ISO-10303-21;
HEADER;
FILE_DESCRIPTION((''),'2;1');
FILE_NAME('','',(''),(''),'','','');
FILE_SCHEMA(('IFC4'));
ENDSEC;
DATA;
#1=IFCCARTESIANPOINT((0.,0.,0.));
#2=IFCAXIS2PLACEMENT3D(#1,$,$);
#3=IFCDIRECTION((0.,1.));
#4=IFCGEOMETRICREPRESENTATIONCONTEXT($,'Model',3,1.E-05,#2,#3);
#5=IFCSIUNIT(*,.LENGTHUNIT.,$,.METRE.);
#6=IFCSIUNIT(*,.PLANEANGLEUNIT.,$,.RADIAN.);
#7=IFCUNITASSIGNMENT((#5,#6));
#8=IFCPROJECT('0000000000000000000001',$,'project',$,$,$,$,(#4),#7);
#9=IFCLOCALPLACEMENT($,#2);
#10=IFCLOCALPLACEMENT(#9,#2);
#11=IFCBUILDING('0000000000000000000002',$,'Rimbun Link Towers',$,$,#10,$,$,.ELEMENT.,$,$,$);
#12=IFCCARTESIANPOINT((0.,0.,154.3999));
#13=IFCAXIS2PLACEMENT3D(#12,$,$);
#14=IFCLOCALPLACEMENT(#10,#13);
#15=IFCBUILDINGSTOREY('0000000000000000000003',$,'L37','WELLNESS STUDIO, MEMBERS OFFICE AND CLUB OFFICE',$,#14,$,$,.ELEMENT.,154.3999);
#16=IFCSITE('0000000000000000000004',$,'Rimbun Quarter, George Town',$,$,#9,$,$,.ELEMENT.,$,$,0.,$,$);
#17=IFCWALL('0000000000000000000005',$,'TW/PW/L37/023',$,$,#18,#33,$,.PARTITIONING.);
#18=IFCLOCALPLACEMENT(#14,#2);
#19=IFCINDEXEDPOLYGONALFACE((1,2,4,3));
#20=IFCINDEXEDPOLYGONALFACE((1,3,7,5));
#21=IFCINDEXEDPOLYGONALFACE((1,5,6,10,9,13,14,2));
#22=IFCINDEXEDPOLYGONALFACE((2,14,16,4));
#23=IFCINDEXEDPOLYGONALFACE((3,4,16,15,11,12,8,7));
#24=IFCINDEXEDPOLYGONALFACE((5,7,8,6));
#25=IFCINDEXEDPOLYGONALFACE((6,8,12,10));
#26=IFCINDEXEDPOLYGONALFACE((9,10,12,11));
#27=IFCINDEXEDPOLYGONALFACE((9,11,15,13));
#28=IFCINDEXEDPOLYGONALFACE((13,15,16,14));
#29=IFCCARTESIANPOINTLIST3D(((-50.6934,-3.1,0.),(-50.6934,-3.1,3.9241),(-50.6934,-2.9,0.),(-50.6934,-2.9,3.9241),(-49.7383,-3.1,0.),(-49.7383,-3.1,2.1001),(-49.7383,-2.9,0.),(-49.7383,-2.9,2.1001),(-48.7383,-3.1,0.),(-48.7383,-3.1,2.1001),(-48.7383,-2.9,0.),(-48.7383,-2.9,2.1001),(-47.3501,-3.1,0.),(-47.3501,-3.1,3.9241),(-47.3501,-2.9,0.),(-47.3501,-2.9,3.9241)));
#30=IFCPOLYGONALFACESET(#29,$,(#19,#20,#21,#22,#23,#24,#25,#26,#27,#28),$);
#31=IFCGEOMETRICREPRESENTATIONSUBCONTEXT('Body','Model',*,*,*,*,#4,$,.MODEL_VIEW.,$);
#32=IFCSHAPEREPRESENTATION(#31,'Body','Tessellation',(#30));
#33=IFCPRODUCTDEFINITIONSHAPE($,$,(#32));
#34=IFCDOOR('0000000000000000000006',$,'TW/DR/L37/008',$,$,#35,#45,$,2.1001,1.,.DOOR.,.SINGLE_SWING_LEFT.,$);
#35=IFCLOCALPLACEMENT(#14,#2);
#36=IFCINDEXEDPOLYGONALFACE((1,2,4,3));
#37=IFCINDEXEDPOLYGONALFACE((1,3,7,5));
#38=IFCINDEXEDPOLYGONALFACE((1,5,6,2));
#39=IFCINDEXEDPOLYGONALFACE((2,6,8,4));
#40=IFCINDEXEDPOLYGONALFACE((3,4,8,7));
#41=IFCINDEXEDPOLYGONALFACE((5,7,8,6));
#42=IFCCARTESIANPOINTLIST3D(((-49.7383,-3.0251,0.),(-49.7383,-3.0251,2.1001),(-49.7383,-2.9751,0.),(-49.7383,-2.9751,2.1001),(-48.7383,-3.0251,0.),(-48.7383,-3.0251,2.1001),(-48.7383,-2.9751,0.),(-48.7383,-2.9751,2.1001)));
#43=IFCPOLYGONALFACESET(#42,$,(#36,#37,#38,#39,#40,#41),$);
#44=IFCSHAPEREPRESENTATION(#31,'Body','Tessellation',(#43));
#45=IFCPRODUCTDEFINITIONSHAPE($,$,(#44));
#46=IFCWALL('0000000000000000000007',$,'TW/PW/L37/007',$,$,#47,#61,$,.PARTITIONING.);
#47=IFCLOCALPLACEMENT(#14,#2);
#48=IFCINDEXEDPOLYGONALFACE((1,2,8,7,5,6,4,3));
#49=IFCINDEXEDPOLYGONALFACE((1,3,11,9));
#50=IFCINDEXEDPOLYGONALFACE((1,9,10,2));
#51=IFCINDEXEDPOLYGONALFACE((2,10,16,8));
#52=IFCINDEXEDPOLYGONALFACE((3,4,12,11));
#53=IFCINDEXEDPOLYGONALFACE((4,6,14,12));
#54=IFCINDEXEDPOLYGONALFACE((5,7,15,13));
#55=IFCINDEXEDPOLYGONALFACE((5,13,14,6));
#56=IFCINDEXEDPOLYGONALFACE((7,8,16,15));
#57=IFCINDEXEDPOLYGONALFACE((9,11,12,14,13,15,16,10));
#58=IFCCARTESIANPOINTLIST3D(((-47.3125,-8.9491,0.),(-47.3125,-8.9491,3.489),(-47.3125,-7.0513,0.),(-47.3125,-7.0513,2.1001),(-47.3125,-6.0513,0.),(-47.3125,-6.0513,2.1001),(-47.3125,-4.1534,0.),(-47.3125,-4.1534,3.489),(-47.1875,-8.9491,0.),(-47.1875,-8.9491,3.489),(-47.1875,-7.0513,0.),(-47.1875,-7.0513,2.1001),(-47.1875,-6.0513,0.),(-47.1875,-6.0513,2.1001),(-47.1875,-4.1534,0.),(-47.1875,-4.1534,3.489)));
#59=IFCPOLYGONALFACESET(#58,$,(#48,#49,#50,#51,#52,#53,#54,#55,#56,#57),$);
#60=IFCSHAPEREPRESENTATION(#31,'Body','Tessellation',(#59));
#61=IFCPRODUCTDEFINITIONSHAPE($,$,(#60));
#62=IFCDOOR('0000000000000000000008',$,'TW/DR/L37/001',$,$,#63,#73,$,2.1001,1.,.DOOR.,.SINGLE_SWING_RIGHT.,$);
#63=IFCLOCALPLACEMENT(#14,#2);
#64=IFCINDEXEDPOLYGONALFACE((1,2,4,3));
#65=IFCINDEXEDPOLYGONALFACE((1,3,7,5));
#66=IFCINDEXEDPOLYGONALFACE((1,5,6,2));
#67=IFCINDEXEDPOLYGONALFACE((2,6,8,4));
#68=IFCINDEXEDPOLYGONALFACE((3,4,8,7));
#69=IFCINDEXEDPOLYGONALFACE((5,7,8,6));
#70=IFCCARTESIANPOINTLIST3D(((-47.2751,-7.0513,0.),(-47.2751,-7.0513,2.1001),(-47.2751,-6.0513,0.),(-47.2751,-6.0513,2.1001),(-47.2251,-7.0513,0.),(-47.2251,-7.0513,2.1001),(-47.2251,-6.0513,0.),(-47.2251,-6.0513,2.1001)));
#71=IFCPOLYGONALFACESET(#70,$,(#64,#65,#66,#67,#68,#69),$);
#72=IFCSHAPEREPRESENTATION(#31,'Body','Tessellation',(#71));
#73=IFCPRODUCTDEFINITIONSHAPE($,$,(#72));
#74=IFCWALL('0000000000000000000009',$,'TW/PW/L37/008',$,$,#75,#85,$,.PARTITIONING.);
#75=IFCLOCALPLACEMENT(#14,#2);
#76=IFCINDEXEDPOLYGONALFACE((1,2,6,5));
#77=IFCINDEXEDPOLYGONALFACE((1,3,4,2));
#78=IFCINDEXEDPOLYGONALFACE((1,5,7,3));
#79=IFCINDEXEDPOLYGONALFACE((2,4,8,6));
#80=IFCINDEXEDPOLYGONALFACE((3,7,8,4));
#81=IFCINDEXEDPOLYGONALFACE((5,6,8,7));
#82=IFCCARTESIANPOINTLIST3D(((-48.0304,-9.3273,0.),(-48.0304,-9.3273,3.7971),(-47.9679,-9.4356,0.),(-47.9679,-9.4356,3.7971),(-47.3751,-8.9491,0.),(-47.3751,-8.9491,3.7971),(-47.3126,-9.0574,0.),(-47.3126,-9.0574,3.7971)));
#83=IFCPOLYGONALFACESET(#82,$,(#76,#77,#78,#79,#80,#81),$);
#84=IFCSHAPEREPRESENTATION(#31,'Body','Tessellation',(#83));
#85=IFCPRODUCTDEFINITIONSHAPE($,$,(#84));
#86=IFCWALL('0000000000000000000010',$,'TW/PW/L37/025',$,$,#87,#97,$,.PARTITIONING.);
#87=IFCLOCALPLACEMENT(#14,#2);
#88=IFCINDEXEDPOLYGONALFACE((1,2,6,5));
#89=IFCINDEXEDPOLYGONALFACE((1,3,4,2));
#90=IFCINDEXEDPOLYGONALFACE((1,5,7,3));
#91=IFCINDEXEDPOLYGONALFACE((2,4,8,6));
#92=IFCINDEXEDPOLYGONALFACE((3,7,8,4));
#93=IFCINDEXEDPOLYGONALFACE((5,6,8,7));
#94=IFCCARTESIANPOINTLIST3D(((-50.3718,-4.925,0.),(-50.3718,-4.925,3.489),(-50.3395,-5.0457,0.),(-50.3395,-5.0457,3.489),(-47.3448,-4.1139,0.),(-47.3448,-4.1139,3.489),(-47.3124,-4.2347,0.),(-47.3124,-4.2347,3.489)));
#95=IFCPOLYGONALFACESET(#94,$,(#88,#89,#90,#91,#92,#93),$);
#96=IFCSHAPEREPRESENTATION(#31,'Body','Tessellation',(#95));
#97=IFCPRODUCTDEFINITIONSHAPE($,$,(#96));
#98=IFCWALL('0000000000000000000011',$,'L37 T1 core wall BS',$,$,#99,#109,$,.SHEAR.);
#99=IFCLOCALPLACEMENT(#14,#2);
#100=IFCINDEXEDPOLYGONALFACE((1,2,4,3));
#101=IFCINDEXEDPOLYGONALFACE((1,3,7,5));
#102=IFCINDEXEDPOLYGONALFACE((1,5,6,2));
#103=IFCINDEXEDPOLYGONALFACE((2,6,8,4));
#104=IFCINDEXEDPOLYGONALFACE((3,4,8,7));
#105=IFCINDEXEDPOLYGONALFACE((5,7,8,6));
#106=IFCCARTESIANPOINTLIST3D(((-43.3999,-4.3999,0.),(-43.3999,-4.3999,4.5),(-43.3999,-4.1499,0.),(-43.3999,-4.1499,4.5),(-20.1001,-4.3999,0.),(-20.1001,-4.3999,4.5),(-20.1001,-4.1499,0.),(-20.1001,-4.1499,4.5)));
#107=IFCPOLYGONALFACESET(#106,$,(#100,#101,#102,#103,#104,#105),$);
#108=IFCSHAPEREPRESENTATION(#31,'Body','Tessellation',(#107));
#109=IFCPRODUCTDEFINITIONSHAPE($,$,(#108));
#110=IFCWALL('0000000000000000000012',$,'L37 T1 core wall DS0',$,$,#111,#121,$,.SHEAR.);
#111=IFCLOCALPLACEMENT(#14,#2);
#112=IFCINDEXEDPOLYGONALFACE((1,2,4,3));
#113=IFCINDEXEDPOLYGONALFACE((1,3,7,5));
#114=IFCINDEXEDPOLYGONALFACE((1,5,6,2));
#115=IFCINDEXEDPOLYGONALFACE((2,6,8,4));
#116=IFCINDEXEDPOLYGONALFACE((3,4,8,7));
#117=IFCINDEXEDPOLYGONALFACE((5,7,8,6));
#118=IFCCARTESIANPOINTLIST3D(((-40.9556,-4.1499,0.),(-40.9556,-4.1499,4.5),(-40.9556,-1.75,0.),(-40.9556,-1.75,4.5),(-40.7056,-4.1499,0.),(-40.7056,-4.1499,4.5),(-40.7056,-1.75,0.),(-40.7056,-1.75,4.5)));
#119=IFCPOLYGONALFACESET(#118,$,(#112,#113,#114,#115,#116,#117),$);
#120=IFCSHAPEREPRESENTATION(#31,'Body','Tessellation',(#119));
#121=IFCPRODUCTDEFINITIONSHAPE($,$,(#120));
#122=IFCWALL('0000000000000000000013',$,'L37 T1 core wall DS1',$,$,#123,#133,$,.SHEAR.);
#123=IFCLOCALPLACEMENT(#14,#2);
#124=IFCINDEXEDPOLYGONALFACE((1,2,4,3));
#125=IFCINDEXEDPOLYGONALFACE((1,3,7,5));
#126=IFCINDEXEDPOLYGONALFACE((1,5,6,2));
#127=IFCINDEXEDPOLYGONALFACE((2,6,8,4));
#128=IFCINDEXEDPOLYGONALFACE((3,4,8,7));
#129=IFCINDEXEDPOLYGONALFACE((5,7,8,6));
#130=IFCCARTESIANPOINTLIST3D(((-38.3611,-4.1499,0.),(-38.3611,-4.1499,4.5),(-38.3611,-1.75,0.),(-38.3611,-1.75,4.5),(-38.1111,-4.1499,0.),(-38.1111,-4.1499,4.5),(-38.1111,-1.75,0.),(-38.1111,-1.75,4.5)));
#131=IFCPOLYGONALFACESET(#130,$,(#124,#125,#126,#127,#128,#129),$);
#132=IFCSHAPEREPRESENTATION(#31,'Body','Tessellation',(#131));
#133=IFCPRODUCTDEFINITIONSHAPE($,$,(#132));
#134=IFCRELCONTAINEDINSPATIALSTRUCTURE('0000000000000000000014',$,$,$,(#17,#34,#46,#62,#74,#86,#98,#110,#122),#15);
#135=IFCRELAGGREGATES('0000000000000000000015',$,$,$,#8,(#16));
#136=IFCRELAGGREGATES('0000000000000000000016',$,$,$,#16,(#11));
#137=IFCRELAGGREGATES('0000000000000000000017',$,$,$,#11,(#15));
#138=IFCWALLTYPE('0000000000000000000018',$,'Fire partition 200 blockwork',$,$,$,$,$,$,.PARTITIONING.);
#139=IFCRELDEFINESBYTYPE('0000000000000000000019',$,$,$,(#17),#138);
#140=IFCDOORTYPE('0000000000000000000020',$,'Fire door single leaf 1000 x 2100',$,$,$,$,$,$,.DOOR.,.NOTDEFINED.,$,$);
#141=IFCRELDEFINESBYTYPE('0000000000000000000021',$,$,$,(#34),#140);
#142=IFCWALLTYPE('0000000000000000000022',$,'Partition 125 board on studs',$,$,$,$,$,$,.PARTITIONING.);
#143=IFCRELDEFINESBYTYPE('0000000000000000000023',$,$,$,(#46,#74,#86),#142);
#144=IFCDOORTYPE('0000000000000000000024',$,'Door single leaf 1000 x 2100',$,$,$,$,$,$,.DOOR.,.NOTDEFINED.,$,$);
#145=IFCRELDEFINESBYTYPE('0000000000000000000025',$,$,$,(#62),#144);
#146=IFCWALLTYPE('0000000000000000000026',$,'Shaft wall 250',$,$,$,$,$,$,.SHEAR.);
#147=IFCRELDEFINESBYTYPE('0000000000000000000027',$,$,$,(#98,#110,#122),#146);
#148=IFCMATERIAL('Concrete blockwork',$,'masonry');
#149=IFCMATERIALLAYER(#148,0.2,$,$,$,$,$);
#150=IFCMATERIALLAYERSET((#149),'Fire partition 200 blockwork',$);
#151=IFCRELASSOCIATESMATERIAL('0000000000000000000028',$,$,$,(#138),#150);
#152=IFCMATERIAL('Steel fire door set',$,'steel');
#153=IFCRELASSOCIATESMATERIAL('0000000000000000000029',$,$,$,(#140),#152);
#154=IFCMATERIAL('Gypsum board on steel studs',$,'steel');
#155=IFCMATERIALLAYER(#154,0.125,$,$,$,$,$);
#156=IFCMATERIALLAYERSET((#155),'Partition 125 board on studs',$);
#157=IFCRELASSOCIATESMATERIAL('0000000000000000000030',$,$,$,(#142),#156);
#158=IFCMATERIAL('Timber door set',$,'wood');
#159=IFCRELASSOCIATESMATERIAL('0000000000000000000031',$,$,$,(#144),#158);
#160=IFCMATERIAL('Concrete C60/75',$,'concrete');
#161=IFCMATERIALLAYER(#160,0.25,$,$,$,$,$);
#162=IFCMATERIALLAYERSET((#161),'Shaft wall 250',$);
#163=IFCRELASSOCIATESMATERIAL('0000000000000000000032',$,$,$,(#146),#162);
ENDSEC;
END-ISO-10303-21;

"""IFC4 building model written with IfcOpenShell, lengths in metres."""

from ifc_helpers import new_model, si_unit, direction, frame, frame_2d, origin, place, context, subcontext, project, spatial, rectangle, extrude, material, layer, layer_set, type_object, element, fill, save


model = new_model("IFC4")

# Units and contexts
model_context = context("Model", 3, precision=1e-05, world=origin(), true_north=direction((0.0, 1.0)))
body_context = subcontext(model_context, "Body", "Model", "MODEL_VIEW")
ifc_project = project(units=[si_unit("LENGTHUNIT", "METRE"), si_unit("PLANEANGLEUNIT", "RADIAN")], contexts=[model_context])

# Site, building, storey
site_placement = place(None, origin())
site = spatial("IfcSite", under=ifc_project, at=site_placement, Name="Rimbun Quarter, George Town", CompositionType="ELEMENT", RefElevation=0.0)
building_placement = place(site_placement, origin())
building = spatial("IfcBuilding", under=site, at=building_placement, Name="Rimbun Link Towers", CompositionType="ELEMENT")
storey_placement = place(building_placement, frame((0.0, 0.0, 154.3999)))
storey = spatial("IfcBuildingStorey", under=building, at=storey_placement, Name="L37", Description="WELLNESS STUDIO, MEMBERS OFFICE AND CLUB OFFICE", CompositionType="ELEMENT", Elevation=154.3999)

# Walls, openings, doors
ifc_material_1 = material(Name="Concrete blockwork", Category="masonry")
ifc_layer_1 = layer(ifc_material_1, 0.2)
ifc_layer_set_1 = layer_set([ifc_layer_1], Name="Fire partition 200 blockwork")
wall_type_1 = type_object("IfcWallType", Name="Fire partition 200 blockwork", PredefinedType="PARTITIONING", material=ifc_layer_set_1)
wall_1_placement = place(storey_placement, frame((-50.6934, -3.0, 0.0), z_axis=(0.0, 0.0, 1.0), x_axis=(1.0, 0.0, 0.0)))
wall_1 = element("IfcWall", 1, at=wall_1_placement, inside=storey, type_object=wall_type_1, Name="TW/PW/L37/023", PredefinedType="PARTITIONING", context=body_context, shape_type="SweptSolid", body=[
    extrude(rectangle(XDim=3.3433, YDim=0.2, at=frame_2d((1.6716, 0.0))), origin(), (0.0, 0.0, 1.0), 3.9241),
])
opening_1_placement = place(wall_1_placement, frame((0.9551, 0.0, 0.0)))
opening_1 = element("IfcOpeningElement", 2, at=opening_1_placement, cuts=wall_1, PredefinedType="OPENING", context=body_context, shape_type="SweptSolid", body=[
    extrude(rectangle(XDim=1.0, YDim=2.1001, at=frame_2d((0.5, 1.05))), frame((0.0, 0.1099, 0.0), z_axis=(0.0, -1.0, 0.0), x_axis=(1.0, 0.0, 0.0)), (0.0, 0.0, 1.0), 0.22),
])
ifc_material_2 = material(Name="Steel fire door set", Category="steel")
door_type_1 = type_object("IfcDoorType", Name="Fire door single leaf 1000 x 2100", OperationType="NOTDEFINED", PredefinedType="DOOR", material=ifc_material_2)
door_1_placement = place(opening_1_placement, origin())
door_1 = element("IfcDoor", 3, at=door_1_placement, inside=storey, type_object=door_type_1, Name="TW/DR/L37/008", OperationType="SINGLE_SWING_LEFT", OverallHeight=2.1001, OverallWidth=1.0, PredefinedType="DOOR", context=body_context, shape_type="SweptSolid", body=[
    extrude(rectangle(XDim=1.0, YDim=2.1001, at=frame_2d((0.5, 1.05))), frame((0.0, 0.0249, 0.0), z_axis=(0.0, -1.0, 0.0), x_axis=(1.0, 0.0, 0.0)), (0.0, 0.0, 1.0), 0.05),
])
fill(opening_1, door_1)
ifc_material_3 = material(Name="Gypsum board on steel studs", Category="steel")
ifc_layer_2 = layer(ifc_material_3, 0.125)
ifc_layer_set_2 = layer_set([ifc_layer_2], Name="Partition 125 board on studs")
wall_type_2 = type_object("IfcWallType", Name="Partition 125 board on studs", PredefinedType="PARTITIONING", material=ifc_layer_set_2)
wall_2_placement = place(storey_placement, frame((-47.25, -4.1533, 0.0), z_axis=(0.0, 0.0, 1.0), x_axis=(0.0, -1.0, 0.0)))
wall_2 = element("IfcWall", 4, at=wall_2_placement, inside=storey, type_object=wall_type_2, Name="TW/PW/L37/007", PredefinedType="PARTITIONING", context=body_context, shape_type="SweptSolid", body=[
    extrude(rectangle(XDim=4.7957, YDim=0.125, at=frame_2d((2.3979, 0.0))), origin(), (0.0, 0.0, 1.0), 3.489),
])
opening_2_placement = place(wall_2_placement, frame((1.8979, 0.0, 0.0)))
opening_2 = element("IfcOpeningElement", 5, at=opening_2_placement, cuts=wall_2, PredefinedType="OPENING", context=body_context, shape_type="SweptSolid", body=[
    extrude(rectangle(XDim=1.0, YDim=2.1001, at=frame_2d((0.5, 1.05))), frame((0.0, 0.0725, 0.0), z_axis=(0.0, -1.0, 0.0), x_axis=(1.0, 0.0, 0.0)), (0.0, 0.0, 1.0), 0.145),
])
ifc_material_4 = material(Name="Timber door set", Category="wood")
door_type_2 = type_object("IfcDoorType", Name="Door single leaf 1000 x 2100", OperationType="NOTDEFINED", PredefinedType="DOOR", material=ifc_material_4)
door_2_placement = place(opening_2_placement, origin())
door_2 = element("IfcDoor", 6, at=door_2_placement, inside=storey, type_object=door_type_2, Name="TW/DR/L37/001", OperationType="SINGLE_SWING_RIGHT", OverallHeight=2.1001, OverallWidth=1.0, PredefinedType="DOOR", context=body_context, shape_type="SweptSolid", body=[
    extrude(rectangle(XDim=1.0, YDim=2.1001, at=frame_2d((0.5, 1.05))), frame((0.0, 0.0249, 0.0), z_axis=(0.0, -1.0, 0.0), x_axis=(1.0, 0.0, 0.0)), (0.0, 0.0, 1.0), 0.05),
])
fill(opening_2, door_2)

# Walls
wall_3_placement = place(storey_placement, frame((-47.3438, -9.0032, 0.0), z_axis=(0.0, 0.0, 1.0), x_axis=(-0.86611, -0.499853, 0.0)))
element("IfcWall", 7, at=wall_3_placement, inside=storey, type_object=wall_type_2, Name="TW/PW/L37/008", PredefinedType="PARTITIONING", context=body_context, shape_type="SweptSolid", body=[
    extrude(rectangle(XDim=0.7566, YDim=0.125, at=frame_2d((0.3784, 0.0))), origin(), (0.0, 0.0, 1.0), 3.7971),
])
wall_4_placement = place(storey_placement, frame((-47.3286, -4.1743, 0.0), z_axis=(0.0, 0.0, 1.0), x_axis=(-0.965932, -0.258797, 0.0)))
element("IfcWall", 8, at=wall_4_placement, inside=storey, type_object=wall_type_2, Name="TW/PW/L37/025", PredefinedType="PARTITIONING", context=body_context, shape_type="SweptSolid", body=[
    extrude(rectangle(XDim=3.1338, YDim=0.125, at=frame_2d((1.5669, 0.0))), origin(), (0.0, 0.0, 1.0), 3.489),
])
ifc_material_5 = material(Name="Concrete C60/75", Category="concrete")
ifc_layer_3 = layer(ifc_material_5, 0.25)
ifc_layer_set_3 = layer_set([ifc_layer_3], Name="Shaft wall 250")
wall_type_3 = type_object("IfcWallType", Name="Shaft wall 250", PredefinedType="SHEAR", material=ifc_layer_set_3)
wall_5_placement = place(storey_placement, frame((-43.3999, -4.2749, 0.0), z_axis=(0.0, 0.0, 1.0), x_axis=(1.0, 0.0, 0.0)))
element("IfcWall", 9, at=wall_5_placement, inside=storey, type_object=wall_type_3, Name="L37 T1 core wall BS", PredefinedType="SHEAR", context=body_context, shape_type="SweptSolid", body=[
    extrude(rectangle(XDim=23.2998, YDim=0.25, at=frame_2d((11.6499, 0.0))), origin(), (0.0, 0.0, 1.0), 4.5),
])
for number, where, z_axis, x_axis, name in (
    (10, (-40.8306, -4.1499, 0.0), (0.0, 0.0, 1.0), (0.0, 1.0, 0.0), "L37 T1 core wall DS0"),
    (11, (-38.2361, -4.1499, 0.0), (0.0, 0.0, 1.0), (0.0, 1.0, 0.0), "L37 T1 core wall DS1"),
):
    element("IfcWall", number, at=place(storey_placement, frame(where, z_axis=z_axis, x_axis=x_axis)), inside=storey, type_object=wall_type_3, Name=name, PredefinedType="SHEAR", context=body_context, shape_type="SweptSolid", body=[
        extrude(rectangle(XDim=2.3999, YDim=0.25, at=frame_2d((1.2, 0.0))), origin(), (0.0, 0.0, 1.0), 4.5),
    ])

save(model, "model.ifc")
